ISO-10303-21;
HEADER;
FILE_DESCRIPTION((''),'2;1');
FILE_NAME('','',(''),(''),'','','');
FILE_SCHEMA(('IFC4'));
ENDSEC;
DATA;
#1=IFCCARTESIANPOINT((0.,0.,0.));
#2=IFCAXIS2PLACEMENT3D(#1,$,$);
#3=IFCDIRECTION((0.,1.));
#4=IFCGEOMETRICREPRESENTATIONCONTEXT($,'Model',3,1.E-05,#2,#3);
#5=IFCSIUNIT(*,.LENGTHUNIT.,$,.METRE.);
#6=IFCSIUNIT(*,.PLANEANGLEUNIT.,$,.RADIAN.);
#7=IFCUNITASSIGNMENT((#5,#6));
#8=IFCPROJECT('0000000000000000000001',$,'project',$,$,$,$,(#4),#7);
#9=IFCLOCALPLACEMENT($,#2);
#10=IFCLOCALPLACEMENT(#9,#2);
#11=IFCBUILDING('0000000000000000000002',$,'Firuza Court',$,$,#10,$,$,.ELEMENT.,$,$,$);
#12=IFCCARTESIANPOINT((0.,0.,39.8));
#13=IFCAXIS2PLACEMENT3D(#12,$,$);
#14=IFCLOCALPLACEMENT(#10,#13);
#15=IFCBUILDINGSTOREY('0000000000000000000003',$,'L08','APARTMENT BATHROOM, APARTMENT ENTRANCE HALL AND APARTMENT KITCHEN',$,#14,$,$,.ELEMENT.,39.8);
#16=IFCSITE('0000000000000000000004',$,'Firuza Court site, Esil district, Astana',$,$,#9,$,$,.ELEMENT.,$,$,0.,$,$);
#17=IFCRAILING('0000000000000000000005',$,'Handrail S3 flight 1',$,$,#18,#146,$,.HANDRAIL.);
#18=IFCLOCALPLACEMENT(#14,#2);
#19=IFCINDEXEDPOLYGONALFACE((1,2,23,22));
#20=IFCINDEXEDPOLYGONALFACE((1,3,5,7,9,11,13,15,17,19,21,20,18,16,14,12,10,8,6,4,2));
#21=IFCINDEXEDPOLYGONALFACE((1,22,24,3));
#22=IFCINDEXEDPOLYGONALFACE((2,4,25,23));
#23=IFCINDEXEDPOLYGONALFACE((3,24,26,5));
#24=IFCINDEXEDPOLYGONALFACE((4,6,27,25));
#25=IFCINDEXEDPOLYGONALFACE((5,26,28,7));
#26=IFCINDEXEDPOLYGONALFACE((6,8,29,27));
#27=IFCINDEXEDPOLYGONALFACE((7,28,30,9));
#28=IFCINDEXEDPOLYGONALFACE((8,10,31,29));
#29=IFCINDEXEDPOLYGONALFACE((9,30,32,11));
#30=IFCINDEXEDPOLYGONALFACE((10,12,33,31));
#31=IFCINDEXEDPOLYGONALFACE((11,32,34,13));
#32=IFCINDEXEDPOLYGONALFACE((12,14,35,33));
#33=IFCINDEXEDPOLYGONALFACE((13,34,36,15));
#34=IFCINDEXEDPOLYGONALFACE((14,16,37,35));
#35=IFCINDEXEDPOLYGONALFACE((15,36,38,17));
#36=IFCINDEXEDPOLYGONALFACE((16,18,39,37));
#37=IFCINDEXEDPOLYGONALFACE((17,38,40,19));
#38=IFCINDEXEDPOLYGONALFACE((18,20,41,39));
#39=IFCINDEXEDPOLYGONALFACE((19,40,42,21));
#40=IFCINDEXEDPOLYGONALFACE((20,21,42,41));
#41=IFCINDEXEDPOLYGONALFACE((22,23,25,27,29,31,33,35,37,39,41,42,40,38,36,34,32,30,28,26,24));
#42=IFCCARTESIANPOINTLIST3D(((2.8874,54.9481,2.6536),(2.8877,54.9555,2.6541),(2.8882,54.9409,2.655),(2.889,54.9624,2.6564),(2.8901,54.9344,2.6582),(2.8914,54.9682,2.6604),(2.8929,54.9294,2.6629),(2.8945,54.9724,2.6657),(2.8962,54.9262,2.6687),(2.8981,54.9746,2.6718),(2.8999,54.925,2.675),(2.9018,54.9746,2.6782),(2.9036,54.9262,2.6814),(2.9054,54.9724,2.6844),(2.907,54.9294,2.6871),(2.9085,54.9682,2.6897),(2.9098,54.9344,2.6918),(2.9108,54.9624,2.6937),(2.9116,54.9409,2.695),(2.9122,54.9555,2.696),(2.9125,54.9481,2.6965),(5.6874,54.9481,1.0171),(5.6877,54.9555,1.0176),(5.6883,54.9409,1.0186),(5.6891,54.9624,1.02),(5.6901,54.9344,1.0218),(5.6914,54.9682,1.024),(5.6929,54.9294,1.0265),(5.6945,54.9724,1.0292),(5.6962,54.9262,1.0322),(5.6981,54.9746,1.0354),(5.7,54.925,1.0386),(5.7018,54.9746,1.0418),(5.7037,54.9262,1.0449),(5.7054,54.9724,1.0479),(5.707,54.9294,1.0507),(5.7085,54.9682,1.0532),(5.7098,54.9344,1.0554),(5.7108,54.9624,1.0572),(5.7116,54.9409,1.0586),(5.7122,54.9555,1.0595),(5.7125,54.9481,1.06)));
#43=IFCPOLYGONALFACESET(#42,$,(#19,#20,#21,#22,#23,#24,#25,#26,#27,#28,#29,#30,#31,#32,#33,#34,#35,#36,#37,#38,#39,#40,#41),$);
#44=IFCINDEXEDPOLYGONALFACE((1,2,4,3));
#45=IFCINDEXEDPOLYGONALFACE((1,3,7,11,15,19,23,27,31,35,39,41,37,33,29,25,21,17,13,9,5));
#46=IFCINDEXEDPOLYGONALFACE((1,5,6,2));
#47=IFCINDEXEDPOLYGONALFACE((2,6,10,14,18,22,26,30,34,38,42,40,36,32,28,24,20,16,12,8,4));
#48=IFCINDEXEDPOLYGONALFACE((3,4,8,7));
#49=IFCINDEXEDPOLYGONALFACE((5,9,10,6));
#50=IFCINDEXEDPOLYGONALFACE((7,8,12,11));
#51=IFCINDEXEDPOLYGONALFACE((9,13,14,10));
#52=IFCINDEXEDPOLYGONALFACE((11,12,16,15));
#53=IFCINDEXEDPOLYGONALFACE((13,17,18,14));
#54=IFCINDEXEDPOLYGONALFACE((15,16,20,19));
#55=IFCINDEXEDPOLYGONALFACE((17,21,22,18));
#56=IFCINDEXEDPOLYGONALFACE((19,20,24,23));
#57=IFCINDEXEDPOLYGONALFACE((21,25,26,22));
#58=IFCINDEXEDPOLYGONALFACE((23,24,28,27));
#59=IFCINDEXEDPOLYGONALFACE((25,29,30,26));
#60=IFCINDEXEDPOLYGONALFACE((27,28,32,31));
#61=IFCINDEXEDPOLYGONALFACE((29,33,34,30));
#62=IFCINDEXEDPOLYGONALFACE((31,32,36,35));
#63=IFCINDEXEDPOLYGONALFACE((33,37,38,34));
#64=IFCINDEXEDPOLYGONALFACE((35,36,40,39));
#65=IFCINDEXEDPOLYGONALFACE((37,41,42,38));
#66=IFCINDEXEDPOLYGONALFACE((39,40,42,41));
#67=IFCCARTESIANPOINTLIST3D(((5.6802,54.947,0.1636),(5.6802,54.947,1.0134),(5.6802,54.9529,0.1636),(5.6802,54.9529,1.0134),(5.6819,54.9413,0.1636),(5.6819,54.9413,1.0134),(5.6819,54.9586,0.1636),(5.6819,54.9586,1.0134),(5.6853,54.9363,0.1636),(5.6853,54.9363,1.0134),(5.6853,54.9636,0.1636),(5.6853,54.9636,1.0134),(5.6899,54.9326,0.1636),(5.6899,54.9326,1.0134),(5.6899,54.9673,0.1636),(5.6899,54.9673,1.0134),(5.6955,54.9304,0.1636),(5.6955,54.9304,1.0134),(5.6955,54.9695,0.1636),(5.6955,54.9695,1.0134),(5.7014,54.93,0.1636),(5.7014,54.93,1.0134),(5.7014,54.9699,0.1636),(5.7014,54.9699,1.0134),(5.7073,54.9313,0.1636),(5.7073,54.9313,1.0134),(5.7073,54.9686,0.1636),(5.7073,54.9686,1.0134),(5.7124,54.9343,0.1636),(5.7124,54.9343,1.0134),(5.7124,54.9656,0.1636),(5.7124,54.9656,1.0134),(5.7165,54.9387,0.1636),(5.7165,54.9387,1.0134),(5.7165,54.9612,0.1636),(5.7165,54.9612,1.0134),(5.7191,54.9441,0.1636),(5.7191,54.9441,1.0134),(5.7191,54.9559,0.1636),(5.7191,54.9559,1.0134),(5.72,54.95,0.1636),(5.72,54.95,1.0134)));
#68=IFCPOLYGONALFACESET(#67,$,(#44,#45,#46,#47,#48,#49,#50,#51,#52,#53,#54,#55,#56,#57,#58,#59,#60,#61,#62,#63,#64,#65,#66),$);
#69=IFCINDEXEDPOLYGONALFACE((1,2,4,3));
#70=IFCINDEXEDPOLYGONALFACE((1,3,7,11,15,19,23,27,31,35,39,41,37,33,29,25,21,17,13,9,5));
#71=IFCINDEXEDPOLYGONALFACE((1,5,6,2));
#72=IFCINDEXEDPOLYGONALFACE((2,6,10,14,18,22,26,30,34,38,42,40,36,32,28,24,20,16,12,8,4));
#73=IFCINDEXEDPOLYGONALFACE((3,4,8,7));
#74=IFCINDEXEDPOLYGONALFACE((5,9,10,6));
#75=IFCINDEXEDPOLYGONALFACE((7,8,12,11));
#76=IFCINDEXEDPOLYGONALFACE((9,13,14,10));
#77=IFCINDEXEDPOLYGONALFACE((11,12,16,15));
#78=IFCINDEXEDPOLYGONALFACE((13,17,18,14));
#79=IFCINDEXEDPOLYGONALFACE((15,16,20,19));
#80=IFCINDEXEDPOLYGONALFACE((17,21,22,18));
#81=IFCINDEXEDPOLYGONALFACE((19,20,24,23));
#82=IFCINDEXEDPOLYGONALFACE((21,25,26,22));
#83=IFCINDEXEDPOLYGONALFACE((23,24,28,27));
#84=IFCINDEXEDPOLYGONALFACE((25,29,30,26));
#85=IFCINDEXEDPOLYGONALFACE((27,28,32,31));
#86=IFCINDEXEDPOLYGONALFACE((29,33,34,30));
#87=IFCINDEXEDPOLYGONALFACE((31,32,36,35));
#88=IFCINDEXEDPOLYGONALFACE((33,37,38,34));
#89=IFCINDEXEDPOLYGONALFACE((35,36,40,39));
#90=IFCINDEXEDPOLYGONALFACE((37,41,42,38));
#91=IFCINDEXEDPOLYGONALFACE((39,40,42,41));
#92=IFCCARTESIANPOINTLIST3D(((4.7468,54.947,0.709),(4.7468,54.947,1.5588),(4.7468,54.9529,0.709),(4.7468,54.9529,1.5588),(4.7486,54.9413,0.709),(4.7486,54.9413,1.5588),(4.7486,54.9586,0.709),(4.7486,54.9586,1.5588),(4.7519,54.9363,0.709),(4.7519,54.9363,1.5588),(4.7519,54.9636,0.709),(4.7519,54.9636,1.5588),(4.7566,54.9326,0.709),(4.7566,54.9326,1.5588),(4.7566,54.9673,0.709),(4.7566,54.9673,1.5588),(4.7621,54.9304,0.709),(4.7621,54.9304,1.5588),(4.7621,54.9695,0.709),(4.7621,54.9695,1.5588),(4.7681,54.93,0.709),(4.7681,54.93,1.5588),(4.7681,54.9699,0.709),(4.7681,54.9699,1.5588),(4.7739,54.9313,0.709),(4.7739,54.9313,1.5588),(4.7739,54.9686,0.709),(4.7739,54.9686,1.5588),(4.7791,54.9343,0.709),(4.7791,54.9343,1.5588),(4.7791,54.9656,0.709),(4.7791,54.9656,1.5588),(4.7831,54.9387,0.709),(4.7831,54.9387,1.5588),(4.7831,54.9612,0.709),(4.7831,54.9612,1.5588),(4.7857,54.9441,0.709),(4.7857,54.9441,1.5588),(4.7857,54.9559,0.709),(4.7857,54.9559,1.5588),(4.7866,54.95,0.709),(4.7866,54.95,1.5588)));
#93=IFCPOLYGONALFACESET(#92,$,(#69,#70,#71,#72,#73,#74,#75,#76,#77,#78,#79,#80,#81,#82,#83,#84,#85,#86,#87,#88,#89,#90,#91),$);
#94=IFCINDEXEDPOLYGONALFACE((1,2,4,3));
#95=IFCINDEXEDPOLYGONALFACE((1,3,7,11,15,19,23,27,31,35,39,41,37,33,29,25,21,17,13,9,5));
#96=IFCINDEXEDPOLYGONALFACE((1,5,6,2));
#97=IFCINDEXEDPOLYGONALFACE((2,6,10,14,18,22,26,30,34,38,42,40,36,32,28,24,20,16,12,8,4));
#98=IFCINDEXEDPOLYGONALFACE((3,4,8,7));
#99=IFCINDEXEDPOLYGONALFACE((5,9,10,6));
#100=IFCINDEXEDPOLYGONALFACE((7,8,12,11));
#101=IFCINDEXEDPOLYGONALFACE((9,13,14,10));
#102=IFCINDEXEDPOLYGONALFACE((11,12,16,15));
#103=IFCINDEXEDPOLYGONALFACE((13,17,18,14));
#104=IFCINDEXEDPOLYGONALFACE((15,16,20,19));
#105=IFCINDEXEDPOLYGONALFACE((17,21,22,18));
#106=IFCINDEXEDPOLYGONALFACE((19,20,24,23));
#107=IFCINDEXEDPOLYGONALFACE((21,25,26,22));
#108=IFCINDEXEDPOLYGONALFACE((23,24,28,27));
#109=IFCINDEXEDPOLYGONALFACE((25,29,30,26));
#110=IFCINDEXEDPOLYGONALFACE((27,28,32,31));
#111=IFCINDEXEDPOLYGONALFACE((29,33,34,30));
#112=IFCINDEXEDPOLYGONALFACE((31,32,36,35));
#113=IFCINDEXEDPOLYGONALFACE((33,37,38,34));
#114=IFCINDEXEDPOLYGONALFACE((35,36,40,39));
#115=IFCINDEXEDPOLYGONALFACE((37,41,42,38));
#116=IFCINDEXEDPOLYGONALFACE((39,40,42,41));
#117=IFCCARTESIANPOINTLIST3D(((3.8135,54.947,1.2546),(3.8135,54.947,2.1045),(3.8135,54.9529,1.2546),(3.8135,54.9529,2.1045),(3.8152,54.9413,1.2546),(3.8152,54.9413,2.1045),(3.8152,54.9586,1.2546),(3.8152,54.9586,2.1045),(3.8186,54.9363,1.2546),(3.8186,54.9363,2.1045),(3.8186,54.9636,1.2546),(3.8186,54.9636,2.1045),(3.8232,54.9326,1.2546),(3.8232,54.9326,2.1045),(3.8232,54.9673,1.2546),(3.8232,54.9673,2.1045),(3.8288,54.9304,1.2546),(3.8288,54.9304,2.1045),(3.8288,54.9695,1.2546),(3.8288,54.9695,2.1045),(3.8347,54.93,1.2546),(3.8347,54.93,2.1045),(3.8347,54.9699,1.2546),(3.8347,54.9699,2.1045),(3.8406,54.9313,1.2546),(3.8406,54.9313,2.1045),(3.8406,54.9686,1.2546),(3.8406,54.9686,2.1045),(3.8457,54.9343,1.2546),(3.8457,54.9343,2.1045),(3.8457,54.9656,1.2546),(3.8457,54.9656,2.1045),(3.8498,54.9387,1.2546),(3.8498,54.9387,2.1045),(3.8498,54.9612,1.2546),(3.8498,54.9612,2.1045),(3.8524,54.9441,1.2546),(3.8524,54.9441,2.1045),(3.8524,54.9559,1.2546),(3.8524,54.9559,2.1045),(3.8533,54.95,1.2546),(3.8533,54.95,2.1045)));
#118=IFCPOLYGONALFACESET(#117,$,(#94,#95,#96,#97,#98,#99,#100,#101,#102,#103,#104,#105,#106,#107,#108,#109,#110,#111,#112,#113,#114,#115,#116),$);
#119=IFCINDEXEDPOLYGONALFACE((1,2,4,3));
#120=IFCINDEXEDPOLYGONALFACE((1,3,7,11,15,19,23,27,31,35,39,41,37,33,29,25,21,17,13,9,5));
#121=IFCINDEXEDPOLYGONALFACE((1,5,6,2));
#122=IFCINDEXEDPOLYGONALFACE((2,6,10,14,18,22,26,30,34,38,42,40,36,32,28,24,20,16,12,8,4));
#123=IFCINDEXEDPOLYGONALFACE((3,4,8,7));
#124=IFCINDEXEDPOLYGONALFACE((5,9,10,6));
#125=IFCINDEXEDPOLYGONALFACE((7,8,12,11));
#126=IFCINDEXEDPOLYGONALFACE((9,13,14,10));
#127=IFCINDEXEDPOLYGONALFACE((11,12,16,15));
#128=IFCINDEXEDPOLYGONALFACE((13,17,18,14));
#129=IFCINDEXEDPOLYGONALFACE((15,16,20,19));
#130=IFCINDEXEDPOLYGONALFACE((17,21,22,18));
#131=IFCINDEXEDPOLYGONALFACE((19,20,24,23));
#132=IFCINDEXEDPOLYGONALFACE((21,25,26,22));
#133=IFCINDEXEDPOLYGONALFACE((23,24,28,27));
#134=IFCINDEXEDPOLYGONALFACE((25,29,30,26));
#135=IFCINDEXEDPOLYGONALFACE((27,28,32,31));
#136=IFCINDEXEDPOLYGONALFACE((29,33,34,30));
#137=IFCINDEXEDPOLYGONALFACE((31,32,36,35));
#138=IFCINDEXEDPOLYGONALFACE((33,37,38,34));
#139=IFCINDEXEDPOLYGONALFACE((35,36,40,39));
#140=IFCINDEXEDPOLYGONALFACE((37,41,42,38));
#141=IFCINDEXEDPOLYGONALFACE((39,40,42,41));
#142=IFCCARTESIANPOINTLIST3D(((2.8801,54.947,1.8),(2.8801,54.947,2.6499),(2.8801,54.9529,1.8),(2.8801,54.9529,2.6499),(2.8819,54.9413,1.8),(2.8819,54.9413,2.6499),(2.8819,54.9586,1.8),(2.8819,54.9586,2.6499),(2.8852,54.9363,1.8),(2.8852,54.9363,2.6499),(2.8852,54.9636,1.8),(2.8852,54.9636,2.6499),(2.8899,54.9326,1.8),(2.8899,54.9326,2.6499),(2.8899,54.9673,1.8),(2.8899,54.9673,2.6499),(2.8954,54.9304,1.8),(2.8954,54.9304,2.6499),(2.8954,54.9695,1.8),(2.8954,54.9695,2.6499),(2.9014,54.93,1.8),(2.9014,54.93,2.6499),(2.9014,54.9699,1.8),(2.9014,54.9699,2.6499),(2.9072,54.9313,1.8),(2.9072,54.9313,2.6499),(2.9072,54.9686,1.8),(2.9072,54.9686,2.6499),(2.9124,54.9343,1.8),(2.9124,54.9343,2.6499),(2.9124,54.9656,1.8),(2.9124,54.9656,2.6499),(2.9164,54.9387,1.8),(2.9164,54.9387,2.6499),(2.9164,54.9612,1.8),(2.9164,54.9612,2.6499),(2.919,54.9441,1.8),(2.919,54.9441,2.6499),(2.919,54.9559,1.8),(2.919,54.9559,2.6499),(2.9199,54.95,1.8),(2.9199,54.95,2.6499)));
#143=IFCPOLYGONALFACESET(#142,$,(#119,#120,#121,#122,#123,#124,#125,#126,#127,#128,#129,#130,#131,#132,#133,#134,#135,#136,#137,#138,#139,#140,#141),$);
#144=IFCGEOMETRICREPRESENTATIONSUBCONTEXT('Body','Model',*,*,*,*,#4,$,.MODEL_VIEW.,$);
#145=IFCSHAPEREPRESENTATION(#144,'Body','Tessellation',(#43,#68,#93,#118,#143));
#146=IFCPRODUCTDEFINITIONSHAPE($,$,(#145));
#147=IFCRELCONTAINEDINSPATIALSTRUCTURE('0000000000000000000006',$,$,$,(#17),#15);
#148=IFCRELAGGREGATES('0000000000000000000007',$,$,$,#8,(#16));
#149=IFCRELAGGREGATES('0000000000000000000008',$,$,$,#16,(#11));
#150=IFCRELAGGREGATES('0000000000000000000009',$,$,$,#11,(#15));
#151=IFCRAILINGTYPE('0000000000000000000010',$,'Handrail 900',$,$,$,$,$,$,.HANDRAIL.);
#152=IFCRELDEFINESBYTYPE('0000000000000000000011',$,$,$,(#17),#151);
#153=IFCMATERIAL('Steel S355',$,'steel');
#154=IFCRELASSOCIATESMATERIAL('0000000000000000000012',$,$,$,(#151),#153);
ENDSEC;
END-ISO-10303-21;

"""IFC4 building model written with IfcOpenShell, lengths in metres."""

from ifc_helpers import new_model, si_unit, direction, frame, origin, origin_2d, place, context, subcontext, project, spatial, circle, extrude, material, type_object, element, save


model = new_model("IFC4")

# Units and contexts
model_context = context("Model", 3, precision=1e-05, world=origin(), true_north=direction((0.0, 1.0)))
body_context = subcontext(model_context, "Body", "Model", "MODEL_VIEW")
ifc_project = project(units=[si_unit("LENGTHUNIT", "METRE"), si_unit("PLANEANGLEUNIT", "RADIAN")], contexts=[model_context])

# Site, building, storey
site_placement = place(None, origin())
site = spatial("IfcSite", under=ifc_project, at=site_placement, Name="Firuza Court site, Esil district, Astana", CompositionType="ELEMENT", RefElevation=0.0)
building_placement = place(site_placement, origin())
building = spatial("IfcBuilding", under=site, at=building_placement, Name="Firuza Court", CompositionType="ELEMENT")
storey_placement = place(building_placement, frame((0.0, 0.0, 39.8)))
storey = spatial("IfcBuildingStorey", under=building, at=storey_placement, Name="L08", Description="APARTMENT BATHROOM, APARTMENT ENTRANCE HALL AND APARTMENT KITCHEN", CompositionType="ELEMENT", Elevation=39.8)

# Railing
ifc_material_1 = material(Name="Steel S355", Category="steel")
railing_type_1 = type_object("IfcRailingType", Name="Handrail 900", PredefinedType="HANDRAIL", material=ifc_material_1)
railing_1_placement = place(storey_placement, frame((5.7, 54.95, 0.1636)))
element("IfcRailing", 1, at=railing_1_placement, inside=storey, type_object=railing_type_1, Name="Handrail S3 flight 1", PredefinedType="HANDRAIL", context=body_context, shape_type="SweptSolid", body=[
    extrude(circle(Radius=0.0249, at=origin_2d()), frame((0.0, 0.0, 0.875), z_axis=(-0.863361, 0.0, 0.504587), x_axis=(0.0, -1.0, 0.0)), (0.0, 0.0, 1.0), 3.2432),
    extrude(circle(Radius=0.02, at=origin_2d()), origin(), (0.0, 0.0, 1.0), 0.8499),
    extrude(circle(Radius=0.02, at=origin_2d()), frame((-0.9333, 0.0, 0.5454)), (0.0, 0.0, 1.0), 0.8499),
    extrude(circle(Radius=0.02, at=origin_2d()), frame((-1.8667, 0.0, 1.0911)), (0.0, 0.0, 1.0), 0.8499),
    extrude(circle(Radius=0.02, at=origin_2d()), frame((-2.8, 0.0, 1.6365)), (0.0, 0.0, 1.0), 0.8499),
])

save(model, "model.ifc")
